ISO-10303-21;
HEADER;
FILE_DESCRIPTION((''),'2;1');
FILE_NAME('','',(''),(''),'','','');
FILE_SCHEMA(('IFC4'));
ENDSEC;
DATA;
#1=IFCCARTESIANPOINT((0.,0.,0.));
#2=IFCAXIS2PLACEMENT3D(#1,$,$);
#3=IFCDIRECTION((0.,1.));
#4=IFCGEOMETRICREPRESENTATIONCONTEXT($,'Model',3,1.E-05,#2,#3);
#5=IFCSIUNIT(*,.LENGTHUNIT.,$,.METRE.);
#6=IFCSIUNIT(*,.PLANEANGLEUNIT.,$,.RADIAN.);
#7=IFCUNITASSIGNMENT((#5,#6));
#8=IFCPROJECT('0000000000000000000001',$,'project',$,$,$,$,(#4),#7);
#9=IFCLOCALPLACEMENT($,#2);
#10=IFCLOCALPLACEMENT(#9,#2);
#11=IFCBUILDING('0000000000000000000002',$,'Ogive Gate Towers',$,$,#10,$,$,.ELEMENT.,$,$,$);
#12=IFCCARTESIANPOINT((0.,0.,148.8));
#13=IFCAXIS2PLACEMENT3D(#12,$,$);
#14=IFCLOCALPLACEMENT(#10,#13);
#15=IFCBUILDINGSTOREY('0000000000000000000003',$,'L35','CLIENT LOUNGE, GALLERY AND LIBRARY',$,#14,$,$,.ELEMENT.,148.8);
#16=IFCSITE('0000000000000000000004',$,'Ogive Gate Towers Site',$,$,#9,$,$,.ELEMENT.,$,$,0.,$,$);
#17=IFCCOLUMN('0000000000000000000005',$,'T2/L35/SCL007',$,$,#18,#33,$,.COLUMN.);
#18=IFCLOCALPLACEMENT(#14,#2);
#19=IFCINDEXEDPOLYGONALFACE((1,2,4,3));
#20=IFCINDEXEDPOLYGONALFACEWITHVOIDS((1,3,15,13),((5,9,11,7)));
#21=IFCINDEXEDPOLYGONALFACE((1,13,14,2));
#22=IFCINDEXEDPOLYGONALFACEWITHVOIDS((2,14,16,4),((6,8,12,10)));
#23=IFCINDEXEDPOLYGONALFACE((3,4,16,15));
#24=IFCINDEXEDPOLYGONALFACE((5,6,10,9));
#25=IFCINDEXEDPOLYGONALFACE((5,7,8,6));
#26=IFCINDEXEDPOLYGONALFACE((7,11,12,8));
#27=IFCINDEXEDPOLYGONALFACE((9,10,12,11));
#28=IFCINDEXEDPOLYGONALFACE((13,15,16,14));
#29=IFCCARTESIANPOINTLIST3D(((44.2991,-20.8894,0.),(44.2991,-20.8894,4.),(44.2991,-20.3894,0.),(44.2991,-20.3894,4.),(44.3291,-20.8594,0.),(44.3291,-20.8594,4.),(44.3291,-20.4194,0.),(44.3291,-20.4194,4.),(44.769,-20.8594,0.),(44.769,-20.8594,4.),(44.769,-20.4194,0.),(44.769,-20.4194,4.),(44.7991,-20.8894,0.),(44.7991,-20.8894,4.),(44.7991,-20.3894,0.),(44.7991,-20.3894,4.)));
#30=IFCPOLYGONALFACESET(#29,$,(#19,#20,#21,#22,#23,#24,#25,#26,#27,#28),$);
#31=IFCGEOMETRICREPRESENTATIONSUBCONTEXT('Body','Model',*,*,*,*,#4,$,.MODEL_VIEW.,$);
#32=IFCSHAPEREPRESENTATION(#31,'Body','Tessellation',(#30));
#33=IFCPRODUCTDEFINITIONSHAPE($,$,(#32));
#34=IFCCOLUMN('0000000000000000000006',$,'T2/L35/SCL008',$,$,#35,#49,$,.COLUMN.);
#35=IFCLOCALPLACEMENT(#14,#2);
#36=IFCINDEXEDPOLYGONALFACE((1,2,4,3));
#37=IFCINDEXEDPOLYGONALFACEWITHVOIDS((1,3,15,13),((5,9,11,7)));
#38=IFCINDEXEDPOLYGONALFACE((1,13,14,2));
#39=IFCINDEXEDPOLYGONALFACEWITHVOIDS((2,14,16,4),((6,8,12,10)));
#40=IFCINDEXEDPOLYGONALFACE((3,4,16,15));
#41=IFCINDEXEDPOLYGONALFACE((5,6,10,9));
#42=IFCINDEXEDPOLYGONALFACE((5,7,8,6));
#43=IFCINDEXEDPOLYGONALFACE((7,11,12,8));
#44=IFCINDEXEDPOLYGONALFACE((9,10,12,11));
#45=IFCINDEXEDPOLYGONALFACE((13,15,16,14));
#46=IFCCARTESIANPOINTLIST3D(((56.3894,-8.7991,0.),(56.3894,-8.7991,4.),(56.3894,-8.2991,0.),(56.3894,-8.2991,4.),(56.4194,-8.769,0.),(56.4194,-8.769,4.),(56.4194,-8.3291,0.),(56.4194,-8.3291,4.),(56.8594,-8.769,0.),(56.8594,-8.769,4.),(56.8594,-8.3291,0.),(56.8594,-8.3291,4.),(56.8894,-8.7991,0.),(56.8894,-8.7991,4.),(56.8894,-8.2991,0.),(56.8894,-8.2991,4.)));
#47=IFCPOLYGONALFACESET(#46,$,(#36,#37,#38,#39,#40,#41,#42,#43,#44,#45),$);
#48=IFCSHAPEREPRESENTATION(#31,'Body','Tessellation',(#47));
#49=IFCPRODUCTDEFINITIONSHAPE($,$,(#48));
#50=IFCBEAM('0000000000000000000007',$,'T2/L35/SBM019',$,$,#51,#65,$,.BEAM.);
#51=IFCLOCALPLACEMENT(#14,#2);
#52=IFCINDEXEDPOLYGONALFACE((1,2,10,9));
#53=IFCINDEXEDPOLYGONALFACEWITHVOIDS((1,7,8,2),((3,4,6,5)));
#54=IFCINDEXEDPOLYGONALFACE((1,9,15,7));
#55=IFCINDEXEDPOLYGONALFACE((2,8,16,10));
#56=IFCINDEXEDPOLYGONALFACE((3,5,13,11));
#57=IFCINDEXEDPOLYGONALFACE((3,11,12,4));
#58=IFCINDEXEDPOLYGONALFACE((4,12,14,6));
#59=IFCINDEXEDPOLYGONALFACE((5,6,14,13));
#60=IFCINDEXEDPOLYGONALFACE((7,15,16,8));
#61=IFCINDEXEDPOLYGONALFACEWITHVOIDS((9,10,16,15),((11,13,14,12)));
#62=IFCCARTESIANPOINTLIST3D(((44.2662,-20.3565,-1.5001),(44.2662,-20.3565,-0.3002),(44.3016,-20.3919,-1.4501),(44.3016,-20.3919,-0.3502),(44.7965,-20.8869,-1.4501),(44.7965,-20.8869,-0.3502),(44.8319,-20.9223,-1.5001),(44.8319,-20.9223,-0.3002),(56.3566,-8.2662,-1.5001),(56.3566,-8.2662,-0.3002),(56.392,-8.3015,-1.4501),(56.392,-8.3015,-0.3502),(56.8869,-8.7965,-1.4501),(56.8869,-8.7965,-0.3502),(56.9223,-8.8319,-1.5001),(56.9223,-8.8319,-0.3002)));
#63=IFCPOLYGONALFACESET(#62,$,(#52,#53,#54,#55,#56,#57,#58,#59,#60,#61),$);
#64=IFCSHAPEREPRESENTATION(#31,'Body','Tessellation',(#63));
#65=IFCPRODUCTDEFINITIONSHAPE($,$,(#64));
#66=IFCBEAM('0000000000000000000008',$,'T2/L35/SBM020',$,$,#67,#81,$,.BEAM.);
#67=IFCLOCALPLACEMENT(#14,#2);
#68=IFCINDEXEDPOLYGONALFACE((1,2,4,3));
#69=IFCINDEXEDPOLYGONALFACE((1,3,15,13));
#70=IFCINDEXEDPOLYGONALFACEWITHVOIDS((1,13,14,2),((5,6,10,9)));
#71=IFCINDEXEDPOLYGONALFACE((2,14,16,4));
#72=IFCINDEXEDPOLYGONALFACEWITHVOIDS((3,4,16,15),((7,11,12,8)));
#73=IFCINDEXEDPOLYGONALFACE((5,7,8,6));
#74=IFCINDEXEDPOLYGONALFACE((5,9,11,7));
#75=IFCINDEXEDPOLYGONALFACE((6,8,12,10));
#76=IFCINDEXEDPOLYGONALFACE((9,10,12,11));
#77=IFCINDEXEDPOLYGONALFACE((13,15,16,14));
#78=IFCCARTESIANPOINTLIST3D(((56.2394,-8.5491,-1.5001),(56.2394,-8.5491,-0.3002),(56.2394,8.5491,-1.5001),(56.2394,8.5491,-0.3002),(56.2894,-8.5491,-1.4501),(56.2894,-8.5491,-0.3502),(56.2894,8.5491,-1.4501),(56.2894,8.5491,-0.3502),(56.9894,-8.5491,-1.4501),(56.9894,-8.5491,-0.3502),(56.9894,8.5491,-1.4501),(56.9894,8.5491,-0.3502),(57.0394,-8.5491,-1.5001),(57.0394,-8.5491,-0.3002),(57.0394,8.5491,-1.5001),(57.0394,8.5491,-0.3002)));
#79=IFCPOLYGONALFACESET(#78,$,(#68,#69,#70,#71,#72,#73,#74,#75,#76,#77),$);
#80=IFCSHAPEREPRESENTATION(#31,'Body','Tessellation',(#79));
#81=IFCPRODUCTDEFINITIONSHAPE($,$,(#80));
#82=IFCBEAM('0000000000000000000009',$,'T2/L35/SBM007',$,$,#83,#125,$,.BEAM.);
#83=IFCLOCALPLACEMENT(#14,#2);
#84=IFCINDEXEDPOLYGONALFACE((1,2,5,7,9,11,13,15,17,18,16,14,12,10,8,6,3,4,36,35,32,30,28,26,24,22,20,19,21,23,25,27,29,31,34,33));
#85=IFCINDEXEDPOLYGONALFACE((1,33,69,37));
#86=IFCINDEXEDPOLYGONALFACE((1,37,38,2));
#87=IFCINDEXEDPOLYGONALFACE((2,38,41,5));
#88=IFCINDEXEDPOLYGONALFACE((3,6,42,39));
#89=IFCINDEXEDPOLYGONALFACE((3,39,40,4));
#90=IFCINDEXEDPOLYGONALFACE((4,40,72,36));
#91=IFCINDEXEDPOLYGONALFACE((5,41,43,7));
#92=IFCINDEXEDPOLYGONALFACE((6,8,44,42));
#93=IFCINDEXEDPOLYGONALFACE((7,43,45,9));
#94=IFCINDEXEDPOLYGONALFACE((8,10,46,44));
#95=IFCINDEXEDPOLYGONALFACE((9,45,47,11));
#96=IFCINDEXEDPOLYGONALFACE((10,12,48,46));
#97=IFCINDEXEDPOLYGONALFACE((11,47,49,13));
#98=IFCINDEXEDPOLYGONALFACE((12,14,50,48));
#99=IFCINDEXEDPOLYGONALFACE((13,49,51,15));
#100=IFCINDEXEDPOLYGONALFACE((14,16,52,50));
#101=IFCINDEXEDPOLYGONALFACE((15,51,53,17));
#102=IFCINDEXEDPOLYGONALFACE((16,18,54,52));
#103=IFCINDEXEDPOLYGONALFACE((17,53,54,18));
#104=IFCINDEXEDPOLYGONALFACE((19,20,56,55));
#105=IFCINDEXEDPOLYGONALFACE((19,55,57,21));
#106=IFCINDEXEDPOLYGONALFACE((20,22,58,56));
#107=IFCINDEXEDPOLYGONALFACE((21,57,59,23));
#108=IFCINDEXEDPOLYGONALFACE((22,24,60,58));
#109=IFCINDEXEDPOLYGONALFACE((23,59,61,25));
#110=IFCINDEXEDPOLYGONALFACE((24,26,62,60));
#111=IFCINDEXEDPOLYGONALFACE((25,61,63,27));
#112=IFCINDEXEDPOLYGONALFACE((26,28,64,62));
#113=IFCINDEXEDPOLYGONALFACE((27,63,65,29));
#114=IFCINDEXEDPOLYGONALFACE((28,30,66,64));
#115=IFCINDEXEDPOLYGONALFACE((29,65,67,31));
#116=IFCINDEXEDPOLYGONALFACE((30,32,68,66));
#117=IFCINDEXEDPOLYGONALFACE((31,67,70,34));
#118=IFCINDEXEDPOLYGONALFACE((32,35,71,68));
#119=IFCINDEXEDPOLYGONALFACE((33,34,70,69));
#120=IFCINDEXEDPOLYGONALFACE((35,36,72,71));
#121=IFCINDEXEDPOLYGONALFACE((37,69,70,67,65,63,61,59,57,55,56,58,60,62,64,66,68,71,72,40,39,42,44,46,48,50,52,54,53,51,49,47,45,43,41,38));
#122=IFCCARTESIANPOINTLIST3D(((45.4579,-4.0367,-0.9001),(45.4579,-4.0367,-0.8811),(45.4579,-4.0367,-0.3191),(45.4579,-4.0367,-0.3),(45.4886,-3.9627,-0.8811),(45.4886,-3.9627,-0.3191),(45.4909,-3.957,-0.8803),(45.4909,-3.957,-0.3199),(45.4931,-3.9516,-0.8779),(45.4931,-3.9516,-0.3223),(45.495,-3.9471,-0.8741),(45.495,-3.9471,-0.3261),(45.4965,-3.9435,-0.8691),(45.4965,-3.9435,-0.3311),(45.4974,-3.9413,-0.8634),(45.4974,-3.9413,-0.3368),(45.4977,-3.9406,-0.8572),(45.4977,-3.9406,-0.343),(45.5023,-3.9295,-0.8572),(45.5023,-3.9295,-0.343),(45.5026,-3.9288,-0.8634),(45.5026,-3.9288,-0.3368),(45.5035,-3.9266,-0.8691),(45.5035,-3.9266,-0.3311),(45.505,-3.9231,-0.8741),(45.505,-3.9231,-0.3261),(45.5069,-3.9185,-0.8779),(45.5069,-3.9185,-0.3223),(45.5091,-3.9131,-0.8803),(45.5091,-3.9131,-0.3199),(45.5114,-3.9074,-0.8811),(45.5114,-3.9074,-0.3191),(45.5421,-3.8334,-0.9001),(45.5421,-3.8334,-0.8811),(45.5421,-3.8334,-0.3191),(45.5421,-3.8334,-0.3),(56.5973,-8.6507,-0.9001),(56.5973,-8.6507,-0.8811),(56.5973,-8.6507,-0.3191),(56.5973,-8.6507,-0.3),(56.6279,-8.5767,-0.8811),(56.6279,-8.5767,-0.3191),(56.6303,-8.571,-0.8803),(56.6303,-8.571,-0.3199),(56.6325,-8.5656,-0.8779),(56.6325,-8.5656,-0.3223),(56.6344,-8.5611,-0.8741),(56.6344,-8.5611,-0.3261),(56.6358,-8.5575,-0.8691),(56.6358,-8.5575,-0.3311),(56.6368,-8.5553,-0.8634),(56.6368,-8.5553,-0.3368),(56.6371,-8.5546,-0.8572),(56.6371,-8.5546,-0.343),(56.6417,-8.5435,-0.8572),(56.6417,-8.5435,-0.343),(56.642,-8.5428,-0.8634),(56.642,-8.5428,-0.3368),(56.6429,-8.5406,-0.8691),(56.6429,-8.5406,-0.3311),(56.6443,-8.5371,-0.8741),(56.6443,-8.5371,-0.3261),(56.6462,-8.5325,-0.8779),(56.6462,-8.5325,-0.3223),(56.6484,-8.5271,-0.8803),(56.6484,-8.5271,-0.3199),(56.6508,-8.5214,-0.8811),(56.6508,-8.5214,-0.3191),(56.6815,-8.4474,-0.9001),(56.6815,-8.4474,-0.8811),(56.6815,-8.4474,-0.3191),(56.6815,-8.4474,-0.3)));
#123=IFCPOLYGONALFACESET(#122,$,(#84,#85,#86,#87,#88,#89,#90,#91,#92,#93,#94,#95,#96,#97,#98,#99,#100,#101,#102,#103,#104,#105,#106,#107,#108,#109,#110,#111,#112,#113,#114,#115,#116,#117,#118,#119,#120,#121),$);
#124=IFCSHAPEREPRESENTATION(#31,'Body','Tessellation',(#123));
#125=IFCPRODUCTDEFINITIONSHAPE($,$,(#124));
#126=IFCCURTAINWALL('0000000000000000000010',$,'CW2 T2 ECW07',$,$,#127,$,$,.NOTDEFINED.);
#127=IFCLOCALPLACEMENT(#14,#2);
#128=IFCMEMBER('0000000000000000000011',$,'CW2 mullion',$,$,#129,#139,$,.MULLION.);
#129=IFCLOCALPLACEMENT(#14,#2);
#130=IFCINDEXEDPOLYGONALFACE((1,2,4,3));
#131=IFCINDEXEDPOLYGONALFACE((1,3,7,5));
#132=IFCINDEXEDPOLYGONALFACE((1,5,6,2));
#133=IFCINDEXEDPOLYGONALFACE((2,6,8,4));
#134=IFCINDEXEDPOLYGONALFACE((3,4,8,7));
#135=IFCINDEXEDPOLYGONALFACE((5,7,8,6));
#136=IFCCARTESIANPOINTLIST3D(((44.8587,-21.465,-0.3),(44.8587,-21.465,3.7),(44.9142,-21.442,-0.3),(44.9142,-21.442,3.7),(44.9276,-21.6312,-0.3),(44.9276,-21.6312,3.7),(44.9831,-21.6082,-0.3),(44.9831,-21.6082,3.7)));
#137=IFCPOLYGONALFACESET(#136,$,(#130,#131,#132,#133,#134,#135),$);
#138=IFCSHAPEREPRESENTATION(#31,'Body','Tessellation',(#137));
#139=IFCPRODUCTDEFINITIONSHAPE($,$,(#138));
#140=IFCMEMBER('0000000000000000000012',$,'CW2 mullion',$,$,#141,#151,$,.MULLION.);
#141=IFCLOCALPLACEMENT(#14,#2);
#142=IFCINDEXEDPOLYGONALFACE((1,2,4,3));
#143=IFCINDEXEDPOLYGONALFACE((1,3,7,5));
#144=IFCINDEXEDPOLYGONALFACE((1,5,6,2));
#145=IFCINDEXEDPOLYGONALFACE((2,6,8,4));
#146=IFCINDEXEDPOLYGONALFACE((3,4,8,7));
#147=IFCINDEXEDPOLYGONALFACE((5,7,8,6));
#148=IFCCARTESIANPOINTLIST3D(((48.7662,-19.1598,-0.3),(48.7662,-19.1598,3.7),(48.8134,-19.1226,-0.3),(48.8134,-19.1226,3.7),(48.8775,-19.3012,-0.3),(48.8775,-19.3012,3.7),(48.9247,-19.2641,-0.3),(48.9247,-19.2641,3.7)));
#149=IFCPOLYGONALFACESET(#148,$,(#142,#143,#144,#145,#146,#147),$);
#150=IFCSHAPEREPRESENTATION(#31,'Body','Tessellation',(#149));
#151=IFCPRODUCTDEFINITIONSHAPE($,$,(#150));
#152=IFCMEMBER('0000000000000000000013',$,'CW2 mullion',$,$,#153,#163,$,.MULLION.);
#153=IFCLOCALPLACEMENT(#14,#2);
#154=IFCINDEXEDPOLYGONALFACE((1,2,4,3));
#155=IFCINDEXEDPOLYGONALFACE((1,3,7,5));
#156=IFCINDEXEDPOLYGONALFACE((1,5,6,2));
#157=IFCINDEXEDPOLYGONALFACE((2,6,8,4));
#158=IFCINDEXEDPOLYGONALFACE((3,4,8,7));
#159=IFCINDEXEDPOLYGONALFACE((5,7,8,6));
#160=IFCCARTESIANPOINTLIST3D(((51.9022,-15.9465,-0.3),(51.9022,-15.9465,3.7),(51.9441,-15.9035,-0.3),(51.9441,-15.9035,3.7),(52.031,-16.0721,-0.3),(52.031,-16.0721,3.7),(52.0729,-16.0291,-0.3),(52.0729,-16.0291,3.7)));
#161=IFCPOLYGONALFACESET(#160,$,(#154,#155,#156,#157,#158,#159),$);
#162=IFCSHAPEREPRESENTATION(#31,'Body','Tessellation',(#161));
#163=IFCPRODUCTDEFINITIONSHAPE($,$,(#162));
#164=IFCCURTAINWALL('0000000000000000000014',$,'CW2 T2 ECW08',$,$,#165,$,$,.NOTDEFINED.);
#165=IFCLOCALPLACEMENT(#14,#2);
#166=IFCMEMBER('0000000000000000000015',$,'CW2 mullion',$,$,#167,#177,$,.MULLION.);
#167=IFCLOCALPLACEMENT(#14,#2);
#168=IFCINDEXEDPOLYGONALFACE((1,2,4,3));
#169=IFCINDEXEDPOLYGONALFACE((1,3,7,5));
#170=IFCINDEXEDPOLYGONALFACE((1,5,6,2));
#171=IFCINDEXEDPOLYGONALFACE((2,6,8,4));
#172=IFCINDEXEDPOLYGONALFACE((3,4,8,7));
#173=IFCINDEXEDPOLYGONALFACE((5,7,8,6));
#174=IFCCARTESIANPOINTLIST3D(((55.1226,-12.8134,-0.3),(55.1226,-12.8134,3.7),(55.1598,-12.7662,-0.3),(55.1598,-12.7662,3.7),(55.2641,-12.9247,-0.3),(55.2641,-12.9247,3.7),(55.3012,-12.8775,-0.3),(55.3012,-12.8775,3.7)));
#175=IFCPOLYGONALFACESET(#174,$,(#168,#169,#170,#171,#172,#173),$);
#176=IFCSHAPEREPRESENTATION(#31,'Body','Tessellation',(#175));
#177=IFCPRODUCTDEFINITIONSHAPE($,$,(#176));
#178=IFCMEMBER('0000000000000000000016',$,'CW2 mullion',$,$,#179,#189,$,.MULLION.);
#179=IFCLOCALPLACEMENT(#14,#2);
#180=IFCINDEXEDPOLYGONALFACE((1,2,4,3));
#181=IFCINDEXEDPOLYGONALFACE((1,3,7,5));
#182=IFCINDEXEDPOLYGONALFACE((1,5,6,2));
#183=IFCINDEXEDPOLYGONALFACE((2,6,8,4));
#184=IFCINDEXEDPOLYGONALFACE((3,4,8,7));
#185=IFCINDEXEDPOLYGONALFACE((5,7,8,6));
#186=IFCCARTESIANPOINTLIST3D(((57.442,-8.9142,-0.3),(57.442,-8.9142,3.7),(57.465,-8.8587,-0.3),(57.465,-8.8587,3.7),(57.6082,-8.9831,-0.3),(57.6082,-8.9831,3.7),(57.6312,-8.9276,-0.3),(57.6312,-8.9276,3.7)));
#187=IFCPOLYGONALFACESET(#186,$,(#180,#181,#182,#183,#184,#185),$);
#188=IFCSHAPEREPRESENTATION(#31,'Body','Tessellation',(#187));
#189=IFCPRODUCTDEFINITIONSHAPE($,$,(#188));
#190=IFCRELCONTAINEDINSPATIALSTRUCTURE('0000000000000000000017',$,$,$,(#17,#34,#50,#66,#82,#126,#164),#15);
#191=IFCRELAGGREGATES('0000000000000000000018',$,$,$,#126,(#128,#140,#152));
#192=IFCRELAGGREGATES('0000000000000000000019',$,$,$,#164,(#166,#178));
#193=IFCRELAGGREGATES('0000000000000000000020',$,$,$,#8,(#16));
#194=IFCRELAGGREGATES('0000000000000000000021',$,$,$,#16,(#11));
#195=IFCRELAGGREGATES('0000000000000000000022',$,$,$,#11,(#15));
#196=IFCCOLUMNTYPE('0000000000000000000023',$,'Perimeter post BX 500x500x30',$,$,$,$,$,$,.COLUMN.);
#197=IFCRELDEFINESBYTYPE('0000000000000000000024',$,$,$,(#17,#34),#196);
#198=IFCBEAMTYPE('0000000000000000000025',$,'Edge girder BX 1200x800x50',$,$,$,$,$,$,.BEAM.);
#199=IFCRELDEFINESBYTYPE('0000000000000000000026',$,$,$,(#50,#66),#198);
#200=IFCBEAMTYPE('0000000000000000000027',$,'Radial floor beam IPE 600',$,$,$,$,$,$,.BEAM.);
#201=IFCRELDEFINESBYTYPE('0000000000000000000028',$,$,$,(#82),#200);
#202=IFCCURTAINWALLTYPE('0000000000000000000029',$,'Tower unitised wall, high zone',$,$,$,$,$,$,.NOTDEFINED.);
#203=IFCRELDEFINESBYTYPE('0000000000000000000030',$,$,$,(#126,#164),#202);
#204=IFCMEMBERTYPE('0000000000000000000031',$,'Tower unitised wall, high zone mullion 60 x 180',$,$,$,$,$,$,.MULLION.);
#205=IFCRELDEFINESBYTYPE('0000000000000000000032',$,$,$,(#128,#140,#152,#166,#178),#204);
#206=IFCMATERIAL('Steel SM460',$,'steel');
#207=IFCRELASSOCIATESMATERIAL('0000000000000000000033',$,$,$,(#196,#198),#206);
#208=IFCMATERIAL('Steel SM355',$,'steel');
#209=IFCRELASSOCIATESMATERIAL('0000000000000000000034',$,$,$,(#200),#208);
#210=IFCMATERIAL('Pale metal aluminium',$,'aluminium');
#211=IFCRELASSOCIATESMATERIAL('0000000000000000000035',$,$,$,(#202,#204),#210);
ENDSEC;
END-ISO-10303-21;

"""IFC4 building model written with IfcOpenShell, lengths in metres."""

from ifc_helpers import new_model, si_unit, direction, frame, origin, origin_2d, place, context, subcontext, project, spatial, rectangle, hollow_rectangle, i_section, extrude, material, material_profile, profile_set, type_object, element, aggregate, save


model = new_model("IFC4")

# Units and contexts
model_context = context("Model", 3, precision=1e-05, world=origin(), true_north=direction((0.0, 1.0)))
body_context = subcontext(model_context, "Body", "Model", "MODEL_VIEW")
ifc_project = project(units=[si_unit("LENGTHUNIT", "METRE"), si_unit("PLANEANGLEUNIT", "RADIAN")], contexts=[model_context])

# Site, building, storey
site_placement = place(None, origin())
site = spatial("IfcSite", under=ifc_project, at=site_placement, Name="Ogive Gate Towers Site", CompositionType="ELEMENT", RefElevation=0.0)
building_placement = place(site_placement, origin())
building = spatial("IfcBuilding", under=site, at=building_placement, Name="Ogive Gate Towers", CompositionType="ELEMENT")
storey_placement = place(building_placement, frame((0.0, 0.0, 148.8)))
storey = spatial("IfcBuildingStorey", under=building, at=storey_placement, Name="L35", Description="CLIENT LOUNGE, GALLERY AND LIBRARY", CompositionType="ELEMENT", Elevation=148.8)

# Columns
ifc_material_1 = material(Name="Steel SM460", Category="steel")
ifc_material_profile_1 = material_profile(ifc_material_1, hollow_rectangle(XDim=0.5, YDim=0.5, WallThickness=0.03, at=origin_2d()), Name="BX 500x500x30")
ifc_profile_set_1 = profile_set([ifc_material_profile_1], Name="Steel SM460")
column_type = type_object("IfcColumnType", Name="Perimeter post BX 500x500x30", PredefinedType="COLUMN", material=ifc_profile_set_1)
for number, where, z_axis, x_axis, name in (
    (1, (44.5491, -20.6394, 0.0), (0.0, 0.0, 1.0), (1.0, 0.0, 0.0), "T2/L35/SCL007"),
    (2, (56.6394, -8.5491, 0.0), (0.0, 0.0, 1.0), (1.0, 0.0, 0.0), "T2/L35/SCL008"),
):
    element("IfcColumn", number, at=place(storey_placement, frame(where, z_axis=z_axis, x_axis=x_axis)), inside=storey, type_object=column_type, Name=name, PredefinedType="COLUMN", context=body_context, shape_type="SweptSolid", body=[
        extrude(hollow_rectangle(XDim=0.5, YDim=0.5, WallThickness=0.03, at=origin_2d()), origin(), (0.0, 0.0, 1.0), 4.0),
    ])

# Beams
ifc_material_profile_2 = material_profile(ifc_material_1, hollow_rectangle(XDim=0.8, YDim=1.2, WallThickness=0.05, at=origin_2d()), Name="BX 1200x800x50")
ifc_profile_set_2 = profile_set([ifc_material_profile_2], Name="Steel SM460")
beam_type_1 = type_object("IfcBeamType", Name="Edge girder BX 1200x800x50", PredefinedType="BEAM", material=ifc_profile_set_2)
beam_1_placement = place(storey_placement, frame((44.5491, -20.6394, -0.9001), z_axis=(0.707107, 0.707107, 0.0), x_axis=(-0.707107, 0.707107, 0.0)))
element("IfcBeam", 3, at=beam_1_placement, inside=storey, type_object=beam_type_1, Name="T2/L35/SBM019", PredefinedType="BEAM", context=body_context, shape_type="SweptSolid", body=[
    extrude(hollow_rectangle(XDim=0.8, YDim=1.2, WallThickness=0.05, at=origin_2d()), origin(), (0.0, 0.0, 1.0), 17.0984),
])
beam_2_placement = place(storey_placement, frame((56.6394, -8.5491, -0.9001), z_axis=(0.0, 1.0, 0.0), x_axis=(-1.0, 0.0, 0.0)))
element("IfcBeam", 4, at=beam_2_placement, inside=storey, type_object=beam_type_1, Name="T2/L35/SBM020", PredefinedType="BEAM", context=body_context, shape_type="SweptSolid", body=[
    extrude(hollow_rectangle(XDim=0.8, YDim=1.2, WallThickness=0.05, at=origin_2d()), origin(), (0.0, 0.0, 1.0), 17.0981),
])
ifc_material_2 = material(Name="Steel SM355", Category="steel")
ifc_material_profile_3 = material_profile(ifc_material_2, i_section(OverallWidth=0.22, OverallDepth=0.6001, WebThickness=0.012, FlangeThickness=0.019, FilletRadius=0.0239, at=origin_2d()), Name="IPE 600")
ifc_profile_set_3 = profile_set([ifc_material_profile_3], Name="Steel SM355")
beam_type_2 = type_object("IfcBeamType", Name="Radial floor beam IPE 600", PredefinedType="BEAM", material=ifc_profile_set_3)
beam_3_placement = place(storey_placement, frame((45.5, -3.9351, -0.6001), z_axis=(0.923882, -0.382678, 0.0), x_axis=(0.382678, 0.923882, 0.0)))
element("IfcBeam", 5, at=beam_3_placement, inside=storey, type_object=beam_type_2, Name="T2/L35/SBM007", PredefinedType="BEAM", context=body_context, shape_type="SweptSolid", body=[
    extrude(i_section(OverallWidth=0.22, OverallDepth=0.6001, WebThickness=0.012, FlangeThickness=0.019, FilletRadius=0.0239, at=origin_2d()), origin(), (0.0, 0.0, 1.0), 12.0571),
])

# Curtain walls, members
ifc_material_3 = material(Name="Pale metal aluminium", Category="aluminium")
curtain_wall_type = type_object("IfcCurtainWallType", Name="Tower unitised wall, high zone", PredefinedType="NOTDEFINED", material=ifc_material_3)
curtain_wall_1_placement = place(storey_placement, origin())
curtain_wall_1 = element("IfcCurtainWall", 6, at=curtain_wall_1_placement, inside=storey, type_object=curtain_wall_type, Name="CW2 T2 ECW07", PredefinedType="NOTDEFINED")
ifc_material_profile_4 = material_profile(ifc_material_3, rectangle(XDim=0.1799, YDim=0.0601, at=origin_2d()), Name="60 x 180 aluminium box")
ifc_profile_set_4 = profile_set([ifc_material_profile_4], Name="Pale metal aluminium")
member_type_1 = type_object("IfcMemberType", Name="Tower unitised wall, high zone mullion 60 x 180", PredefinedType="MULLION", material=ifc_profile_set_4)
member_1_placement = place(storey_placement, frame((44.9209, -21.5366, -0.3), z_axis=(0.0, 0.0, 1.0), x_axis=(0.382683, -0.92388, 0.0)))
member_1 = element("IfcMember", 7, at=member_1_placement, type_object=member_type_1, Name="CW2 mullion", PredefinedType="MULLION", context=body_context, shape_type="SweptSolid", body=[
    extrude(rectangle(XDim=0.1799, YDim=0.0601, at=origin_2d()), origin(), (0.0, 0.0, 1.0), 4.0),
])
member_2_placement = place(storey_placement, frame((48.8455, -19.2119, -0.3), z_axis=(0.0, 0.0, 1.0), x_axis=(0.61823, -0.785997, 0.0)))
member_2 = element("IfcMember", 8, at=member_2_placement, type_object=member_type_1, Name="CW2 mullion", PredefinedType="MULLION", context=body_context, shape_type="SweptSolid", body=[
    extrude(rectangle(XDim=0.1799, YDim=0.0601, at=origin_2d()), origin(), (0.0, 0.0, 1.0), 4.0),
])
member_3_placement = place(storey_placement, frame((51.9875, -15.9878, -0.3), z_axis=(0.0, 0.0, 1.0), x_axis=(0.716119, -0.697978, 0.0)))
member_3 = element("IfcMember", 9, at=member_3_placement, type_object=member_type_1, Name="CW2 mullion", PredefinedType="MULLION", context=body_context, shape_type="SweptSolid", body=[
    extrude(rectangle(XDim=0.1799, YDim=0.0601, at=origin_2d()), origin(), (0.0, 0.0, 1.0), 4.0),
])
curtain_wall_2_placement = place(storey_placement, origin())
curtain_wall_2 = element("IfcCurtainWall", 10, at=curtain_wall_2_placement, inside=storey, type_object=curtain_wall_type, Name="CW2 T2 ECW08", PredefinedType="NOTDEFINED")
member_4_placement = place(storey_placement, frame((55.2119, -12.8455, -0.3), z_axis=(0.0, 0.0, 1.0), x_axis=(0.785997, -0.61823, 0.0)))
member_4 = element("IfcMember", 11, at=member_4_placement, type_object=member_type_1, Name="CW2 mullion", PredefinedType="MULLION", context=body_context, shape_type="SweptSolid", body=[
    extrude(rectangle(XDim=0.1799, YDim=0.0601, at=origin_2d()), origin(), (0.0, 0.0, 1.0), 4.0),
])
member_5_placement = place(storey_placement, frame((57.5366, -8.9209, -0.3), z_axis=(0.0, 0.0, 1.0), x_axis=(0.92388, -0.382683, 0.0)))
member_5 = element("IfcMember", 12, at=member_5_placement, type_object=member_type_1, Name="CW2 mullion", PredefinedType="MULLION", context=body_context, shape_type="SweptSolid", body=[
    extrude(rectangle(XDim=0.1799, YDim=0.0601, at=origin_2d()), origin(), (0.0, 0.0, 1.0), 4.0),
])

aggregate(curtain_wall_1, [member_1, member_2, member_3])
aggregate(curtain_wall_2, [member_4, member_5])

save(model, "model.ifc")
